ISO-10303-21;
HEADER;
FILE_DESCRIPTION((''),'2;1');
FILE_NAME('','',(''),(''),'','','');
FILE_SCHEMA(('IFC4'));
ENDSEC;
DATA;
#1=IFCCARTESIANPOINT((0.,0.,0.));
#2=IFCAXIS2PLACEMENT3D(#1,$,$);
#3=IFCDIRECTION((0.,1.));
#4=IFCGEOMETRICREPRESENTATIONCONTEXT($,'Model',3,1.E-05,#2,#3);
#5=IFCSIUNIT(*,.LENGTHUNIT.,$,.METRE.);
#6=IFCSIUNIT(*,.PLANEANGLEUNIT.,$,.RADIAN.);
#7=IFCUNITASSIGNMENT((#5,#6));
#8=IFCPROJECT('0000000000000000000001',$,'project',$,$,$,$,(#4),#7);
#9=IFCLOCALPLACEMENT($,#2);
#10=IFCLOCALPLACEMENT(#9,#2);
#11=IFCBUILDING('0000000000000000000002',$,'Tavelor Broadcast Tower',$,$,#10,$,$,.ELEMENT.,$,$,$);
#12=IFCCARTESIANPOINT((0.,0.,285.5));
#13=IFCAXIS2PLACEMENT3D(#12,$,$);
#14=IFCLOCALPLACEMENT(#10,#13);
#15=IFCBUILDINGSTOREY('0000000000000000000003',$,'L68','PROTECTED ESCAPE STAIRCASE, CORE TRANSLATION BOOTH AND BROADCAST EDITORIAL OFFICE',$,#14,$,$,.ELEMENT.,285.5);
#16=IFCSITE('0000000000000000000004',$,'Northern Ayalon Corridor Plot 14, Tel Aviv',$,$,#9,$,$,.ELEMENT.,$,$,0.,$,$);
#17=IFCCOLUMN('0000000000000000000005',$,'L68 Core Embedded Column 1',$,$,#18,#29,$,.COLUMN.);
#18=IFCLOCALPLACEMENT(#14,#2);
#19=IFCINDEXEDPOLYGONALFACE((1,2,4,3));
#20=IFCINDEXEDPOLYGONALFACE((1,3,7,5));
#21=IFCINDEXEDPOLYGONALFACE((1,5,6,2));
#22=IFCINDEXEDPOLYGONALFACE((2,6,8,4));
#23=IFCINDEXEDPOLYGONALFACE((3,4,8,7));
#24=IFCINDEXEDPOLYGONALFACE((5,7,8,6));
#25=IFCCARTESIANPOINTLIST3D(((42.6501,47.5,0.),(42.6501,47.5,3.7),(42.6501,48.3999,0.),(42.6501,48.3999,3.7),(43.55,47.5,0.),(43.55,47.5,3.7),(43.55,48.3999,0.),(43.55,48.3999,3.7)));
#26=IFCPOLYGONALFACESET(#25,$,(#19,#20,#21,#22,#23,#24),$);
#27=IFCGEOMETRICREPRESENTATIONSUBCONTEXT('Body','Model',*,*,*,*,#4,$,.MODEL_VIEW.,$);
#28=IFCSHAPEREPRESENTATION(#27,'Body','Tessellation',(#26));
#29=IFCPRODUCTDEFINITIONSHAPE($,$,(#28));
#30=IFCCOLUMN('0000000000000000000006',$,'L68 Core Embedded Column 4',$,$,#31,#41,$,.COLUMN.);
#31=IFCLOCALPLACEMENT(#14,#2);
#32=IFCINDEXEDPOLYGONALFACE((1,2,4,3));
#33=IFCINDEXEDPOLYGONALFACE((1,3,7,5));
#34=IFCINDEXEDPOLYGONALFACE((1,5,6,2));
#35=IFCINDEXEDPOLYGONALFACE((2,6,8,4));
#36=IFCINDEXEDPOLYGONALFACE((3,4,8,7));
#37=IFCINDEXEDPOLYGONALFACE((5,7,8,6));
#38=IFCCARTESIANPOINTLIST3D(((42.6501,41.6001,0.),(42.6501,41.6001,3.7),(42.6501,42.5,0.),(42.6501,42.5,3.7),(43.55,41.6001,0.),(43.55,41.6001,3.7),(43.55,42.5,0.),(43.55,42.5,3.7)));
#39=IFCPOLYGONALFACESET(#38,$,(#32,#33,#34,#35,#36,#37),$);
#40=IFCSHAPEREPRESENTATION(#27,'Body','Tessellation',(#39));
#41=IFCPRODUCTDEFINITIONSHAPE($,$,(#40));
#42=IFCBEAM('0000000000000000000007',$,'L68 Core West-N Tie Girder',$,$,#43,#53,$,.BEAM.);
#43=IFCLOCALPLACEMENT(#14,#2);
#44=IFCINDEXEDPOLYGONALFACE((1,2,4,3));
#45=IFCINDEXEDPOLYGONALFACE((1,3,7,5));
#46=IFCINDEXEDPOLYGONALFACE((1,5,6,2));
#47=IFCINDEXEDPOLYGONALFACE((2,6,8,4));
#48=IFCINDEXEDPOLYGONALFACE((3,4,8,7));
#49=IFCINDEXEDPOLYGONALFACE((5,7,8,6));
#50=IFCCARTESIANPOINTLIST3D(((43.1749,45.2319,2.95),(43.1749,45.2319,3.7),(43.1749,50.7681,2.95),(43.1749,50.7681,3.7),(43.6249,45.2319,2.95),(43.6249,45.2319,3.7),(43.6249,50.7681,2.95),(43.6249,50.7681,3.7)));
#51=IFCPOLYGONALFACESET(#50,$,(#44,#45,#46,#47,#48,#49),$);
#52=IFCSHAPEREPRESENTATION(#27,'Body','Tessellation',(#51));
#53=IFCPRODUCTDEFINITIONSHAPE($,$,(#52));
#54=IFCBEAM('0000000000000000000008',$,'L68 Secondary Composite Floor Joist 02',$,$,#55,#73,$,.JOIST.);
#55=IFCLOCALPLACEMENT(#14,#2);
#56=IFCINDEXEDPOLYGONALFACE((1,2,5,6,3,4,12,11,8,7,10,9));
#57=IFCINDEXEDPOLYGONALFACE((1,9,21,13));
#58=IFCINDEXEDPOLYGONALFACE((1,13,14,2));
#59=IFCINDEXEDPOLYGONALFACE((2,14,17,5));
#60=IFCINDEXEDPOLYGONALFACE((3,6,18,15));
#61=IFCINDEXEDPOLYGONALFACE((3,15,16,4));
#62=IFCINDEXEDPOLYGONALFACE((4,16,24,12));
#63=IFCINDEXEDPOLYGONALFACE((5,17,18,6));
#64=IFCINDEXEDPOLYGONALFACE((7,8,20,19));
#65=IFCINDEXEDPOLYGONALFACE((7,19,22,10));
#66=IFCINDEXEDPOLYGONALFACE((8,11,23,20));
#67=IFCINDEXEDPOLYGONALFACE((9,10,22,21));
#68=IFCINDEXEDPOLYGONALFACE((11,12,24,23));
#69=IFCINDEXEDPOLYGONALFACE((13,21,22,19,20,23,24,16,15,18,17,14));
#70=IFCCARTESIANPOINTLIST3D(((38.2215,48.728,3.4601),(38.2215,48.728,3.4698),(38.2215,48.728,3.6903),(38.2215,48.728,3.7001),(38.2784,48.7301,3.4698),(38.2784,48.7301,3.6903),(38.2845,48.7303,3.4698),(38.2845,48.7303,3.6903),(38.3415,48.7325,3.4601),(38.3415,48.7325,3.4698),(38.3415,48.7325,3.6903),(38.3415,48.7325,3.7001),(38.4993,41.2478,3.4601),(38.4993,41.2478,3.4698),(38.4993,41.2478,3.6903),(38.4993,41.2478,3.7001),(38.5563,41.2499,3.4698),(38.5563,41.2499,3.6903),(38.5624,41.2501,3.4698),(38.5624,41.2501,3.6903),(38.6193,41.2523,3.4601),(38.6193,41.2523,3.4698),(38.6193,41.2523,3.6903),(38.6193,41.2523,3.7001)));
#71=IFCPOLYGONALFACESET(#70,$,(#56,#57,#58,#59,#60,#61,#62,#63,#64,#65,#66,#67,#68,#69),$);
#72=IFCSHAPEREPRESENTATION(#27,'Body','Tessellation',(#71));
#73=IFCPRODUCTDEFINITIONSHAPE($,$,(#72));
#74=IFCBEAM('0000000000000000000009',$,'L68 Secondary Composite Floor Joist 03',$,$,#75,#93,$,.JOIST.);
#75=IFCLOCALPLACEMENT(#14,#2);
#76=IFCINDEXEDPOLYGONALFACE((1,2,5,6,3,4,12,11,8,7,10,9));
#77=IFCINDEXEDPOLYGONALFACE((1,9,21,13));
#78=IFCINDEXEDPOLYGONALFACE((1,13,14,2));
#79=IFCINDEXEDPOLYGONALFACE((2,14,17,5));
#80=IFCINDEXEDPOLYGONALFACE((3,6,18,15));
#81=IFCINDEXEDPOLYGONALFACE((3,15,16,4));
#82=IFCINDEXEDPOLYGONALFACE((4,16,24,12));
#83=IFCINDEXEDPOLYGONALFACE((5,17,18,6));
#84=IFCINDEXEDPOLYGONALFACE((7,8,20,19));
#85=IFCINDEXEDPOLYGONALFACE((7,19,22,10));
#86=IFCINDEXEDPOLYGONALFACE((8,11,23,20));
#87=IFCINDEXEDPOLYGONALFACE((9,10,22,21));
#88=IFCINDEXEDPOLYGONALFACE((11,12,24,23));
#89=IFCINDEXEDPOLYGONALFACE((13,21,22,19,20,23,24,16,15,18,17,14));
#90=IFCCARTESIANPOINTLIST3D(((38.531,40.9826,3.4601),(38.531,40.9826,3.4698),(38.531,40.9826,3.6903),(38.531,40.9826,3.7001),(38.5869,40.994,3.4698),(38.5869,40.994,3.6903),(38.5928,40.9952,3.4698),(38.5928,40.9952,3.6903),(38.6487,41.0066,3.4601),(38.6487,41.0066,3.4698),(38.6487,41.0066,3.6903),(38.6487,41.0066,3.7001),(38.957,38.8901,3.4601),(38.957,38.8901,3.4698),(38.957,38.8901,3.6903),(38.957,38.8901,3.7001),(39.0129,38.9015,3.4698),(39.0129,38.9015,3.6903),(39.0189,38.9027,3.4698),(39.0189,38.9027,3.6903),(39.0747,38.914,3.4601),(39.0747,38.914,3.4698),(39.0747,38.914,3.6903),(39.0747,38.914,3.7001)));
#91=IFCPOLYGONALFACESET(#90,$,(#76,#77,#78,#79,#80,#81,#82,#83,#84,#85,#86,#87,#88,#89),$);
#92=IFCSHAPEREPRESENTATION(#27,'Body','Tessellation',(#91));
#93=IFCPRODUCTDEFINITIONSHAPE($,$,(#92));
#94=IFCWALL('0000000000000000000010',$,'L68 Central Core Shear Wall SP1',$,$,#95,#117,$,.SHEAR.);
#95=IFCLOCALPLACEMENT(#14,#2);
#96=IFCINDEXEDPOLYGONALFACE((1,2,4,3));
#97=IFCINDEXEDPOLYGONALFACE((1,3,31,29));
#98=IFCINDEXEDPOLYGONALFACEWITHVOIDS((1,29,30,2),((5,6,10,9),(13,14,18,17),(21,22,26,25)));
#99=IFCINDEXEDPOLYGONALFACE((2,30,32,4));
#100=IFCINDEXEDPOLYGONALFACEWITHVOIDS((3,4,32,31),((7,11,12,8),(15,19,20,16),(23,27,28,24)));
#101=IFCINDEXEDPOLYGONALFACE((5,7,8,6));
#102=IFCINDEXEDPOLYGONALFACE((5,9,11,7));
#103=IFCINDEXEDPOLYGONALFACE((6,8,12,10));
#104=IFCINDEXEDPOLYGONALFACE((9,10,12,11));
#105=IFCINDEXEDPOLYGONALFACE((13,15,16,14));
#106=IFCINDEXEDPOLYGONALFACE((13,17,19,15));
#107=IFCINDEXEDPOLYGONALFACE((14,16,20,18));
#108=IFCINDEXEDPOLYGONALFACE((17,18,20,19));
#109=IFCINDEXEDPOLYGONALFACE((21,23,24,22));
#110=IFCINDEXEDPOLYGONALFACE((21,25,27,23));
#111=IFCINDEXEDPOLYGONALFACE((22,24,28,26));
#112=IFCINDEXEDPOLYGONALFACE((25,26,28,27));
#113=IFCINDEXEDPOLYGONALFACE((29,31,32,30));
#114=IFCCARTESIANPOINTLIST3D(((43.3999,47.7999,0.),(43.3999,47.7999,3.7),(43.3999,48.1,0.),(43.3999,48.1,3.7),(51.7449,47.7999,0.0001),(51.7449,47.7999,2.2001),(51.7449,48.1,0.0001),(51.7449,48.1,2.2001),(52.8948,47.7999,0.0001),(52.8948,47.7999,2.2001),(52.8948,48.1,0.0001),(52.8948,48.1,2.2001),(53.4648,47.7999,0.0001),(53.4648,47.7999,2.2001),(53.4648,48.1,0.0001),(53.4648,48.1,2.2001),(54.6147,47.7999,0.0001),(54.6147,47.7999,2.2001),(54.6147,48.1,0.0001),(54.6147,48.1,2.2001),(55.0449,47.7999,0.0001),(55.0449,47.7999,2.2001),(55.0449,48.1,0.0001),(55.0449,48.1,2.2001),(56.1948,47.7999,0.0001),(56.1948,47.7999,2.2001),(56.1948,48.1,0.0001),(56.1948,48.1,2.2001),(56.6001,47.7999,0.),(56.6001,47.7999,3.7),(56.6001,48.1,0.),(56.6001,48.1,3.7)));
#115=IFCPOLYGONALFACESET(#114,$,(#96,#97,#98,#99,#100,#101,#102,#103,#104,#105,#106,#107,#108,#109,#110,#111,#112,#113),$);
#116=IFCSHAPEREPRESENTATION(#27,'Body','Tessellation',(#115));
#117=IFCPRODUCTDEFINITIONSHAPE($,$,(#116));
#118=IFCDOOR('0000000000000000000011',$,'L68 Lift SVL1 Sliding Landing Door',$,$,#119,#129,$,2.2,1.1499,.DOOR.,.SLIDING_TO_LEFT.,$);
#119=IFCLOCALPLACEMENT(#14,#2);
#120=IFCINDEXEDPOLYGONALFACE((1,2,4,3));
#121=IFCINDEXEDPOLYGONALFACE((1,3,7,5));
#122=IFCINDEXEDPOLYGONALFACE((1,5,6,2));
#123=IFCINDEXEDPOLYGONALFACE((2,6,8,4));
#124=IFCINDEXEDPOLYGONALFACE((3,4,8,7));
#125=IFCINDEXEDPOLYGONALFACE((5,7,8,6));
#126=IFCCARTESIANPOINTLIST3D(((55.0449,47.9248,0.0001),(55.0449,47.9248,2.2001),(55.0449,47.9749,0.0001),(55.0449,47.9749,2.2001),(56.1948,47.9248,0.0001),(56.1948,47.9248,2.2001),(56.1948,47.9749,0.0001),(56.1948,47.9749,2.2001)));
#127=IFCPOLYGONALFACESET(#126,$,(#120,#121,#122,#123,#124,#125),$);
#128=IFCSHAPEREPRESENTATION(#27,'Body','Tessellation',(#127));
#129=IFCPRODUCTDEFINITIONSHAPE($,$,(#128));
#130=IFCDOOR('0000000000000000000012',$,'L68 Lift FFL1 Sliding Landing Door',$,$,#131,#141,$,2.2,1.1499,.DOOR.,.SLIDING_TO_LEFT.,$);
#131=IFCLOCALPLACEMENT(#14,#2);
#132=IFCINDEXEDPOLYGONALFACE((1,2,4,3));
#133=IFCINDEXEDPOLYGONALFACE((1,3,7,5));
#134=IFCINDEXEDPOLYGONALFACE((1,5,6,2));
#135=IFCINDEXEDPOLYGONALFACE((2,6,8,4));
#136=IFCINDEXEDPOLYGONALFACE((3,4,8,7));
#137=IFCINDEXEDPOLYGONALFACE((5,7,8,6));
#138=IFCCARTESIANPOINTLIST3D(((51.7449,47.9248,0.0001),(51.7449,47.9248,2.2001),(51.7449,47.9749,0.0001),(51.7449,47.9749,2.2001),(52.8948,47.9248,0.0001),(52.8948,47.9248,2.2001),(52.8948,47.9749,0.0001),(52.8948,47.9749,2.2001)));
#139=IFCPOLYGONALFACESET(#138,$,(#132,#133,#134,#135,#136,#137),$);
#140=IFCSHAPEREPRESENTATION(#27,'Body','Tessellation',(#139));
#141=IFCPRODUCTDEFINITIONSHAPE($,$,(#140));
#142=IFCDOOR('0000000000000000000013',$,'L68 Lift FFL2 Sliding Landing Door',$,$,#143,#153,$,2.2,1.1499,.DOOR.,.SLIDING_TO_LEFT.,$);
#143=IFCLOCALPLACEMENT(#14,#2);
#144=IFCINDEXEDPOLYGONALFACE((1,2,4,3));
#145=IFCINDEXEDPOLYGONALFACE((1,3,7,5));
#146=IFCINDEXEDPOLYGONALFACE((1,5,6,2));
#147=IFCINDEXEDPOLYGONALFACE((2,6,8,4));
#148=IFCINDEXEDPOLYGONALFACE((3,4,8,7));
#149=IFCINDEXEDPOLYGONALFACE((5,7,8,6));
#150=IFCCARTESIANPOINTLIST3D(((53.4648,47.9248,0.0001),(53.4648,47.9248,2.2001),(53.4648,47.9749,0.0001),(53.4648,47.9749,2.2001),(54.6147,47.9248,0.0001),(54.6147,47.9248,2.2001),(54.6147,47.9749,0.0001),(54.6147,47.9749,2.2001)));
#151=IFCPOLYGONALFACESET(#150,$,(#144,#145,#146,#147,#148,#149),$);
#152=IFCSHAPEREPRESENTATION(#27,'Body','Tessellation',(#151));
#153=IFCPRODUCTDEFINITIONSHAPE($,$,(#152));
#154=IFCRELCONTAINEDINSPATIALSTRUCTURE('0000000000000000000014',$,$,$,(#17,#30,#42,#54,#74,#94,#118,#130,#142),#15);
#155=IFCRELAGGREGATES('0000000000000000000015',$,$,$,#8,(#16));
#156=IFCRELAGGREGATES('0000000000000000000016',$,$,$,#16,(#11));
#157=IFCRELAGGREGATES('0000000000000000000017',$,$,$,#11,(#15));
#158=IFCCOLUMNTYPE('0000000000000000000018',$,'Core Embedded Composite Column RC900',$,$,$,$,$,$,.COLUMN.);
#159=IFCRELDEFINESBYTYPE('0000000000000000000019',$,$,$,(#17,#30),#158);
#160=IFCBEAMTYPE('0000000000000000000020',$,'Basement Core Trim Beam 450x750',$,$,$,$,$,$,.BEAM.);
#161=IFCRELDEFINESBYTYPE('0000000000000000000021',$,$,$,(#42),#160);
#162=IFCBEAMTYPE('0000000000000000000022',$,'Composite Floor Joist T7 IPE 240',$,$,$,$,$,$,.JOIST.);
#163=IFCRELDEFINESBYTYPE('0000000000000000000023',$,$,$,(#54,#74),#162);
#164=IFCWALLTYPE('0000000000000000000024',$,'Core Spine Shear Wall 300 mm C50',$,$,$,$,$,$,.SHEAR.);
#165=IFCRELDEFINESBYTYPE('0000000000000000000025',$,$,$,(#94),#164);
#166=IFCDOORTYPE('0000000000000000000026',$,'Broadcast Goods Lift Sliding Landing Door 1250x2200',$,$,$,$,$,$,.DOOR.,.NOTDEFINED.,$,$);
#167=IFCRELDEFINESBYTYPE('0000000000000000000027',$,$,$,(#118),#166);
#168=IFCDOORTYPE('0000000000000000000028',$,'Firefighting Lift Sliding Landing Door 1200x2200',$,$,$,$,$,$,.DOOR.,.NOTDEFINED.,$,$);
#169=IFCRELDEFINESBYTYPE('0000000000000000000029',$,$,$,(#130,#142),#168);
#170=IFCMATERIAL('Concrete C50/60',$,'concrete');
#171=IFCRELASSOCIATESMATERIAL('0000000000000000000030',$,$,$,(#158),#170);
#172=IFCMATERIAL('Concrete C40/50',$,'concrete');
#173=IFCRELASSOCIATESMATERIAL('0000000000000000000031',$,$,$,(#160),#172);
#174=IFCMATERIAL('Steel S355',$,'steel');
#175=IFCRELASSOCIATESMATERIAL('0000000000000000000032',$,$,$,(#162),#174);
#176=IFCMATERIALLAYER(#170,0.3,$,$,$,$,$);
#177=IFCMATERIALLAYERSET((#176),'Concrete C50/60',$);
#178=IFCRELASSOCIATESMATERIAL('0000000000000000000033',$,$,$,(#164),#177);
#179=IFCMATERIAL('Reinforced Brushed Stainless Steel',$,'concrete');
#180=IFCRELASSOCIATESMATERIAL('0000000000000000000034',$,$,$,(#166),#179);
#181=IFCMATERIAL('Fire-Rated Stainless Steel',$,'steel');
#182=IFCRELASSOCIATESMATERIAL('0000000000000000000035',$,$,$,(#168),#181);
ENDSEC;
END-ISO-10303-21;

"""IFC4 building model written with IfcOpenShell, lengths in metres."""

from ifc_helpers import new_model, si_unit, direction, frame, frame_2d, origin, origin_2d, place, context, subcontext, project, spatial, rectangle, i_section, extrude, material, layer, layer_set, material_profile, profile_set, type_object, element, fill, save


model = new_model("IFC4")

# Units and contexts
model_context = context("Model", 3, precision=1e-05, world=origin(), true_north=direction((0.0, 1.0)))
body_context = subcontext(model_context, "Body", "Model", "MODEL_VIEW")
ifc_project = project(units=[si_unit("LENGTHUNIT", "METRE"), si_unit("PLANEANGLEUNIT", "RADIAN")], contexts=[model_context])

# Site, building, storey
site_placement = place(None, origin())
site = spatial("IfcSite", under=ifc_project, at=site_placement, Name="Northern Ayalon Corridor Plot 14, Tel Aviv", CompositionType="ELEMENT", RefElevation=0.0)
building_placement = place(site_placement, origin())
building = spatial("IfcBuilding", under=site, at=building_placement, Name="Tavelor Broadcast Tower", CompositionType="ELEMENT")
storey_placement = place(building_placement, frame((0.0, 0.0, 285.5)))
storey = spatial("IfcBuildingStorey", under=building, at=storey_placement, Name="L68", Description="PROTECTED ESCAPE STAIRCASE, CORE TRANSLATION BOOTH AND BROADCAST EDITORIAL OFFICE", CompositionType="ELEMENT", Elevation=285.5)

# Columns
ifc_material_1 = material(Name="Concrete C50/60", Category="concrete")
ifc_material_profile_1 = material_profile(ifc_material_1, rectangle(XDim=0.8999, YDim=0.8999, at=origin_2d()), Name="RC 900x900")
ifc_profile_set_1 = profile_set([ifc_material_profile_1], Name="Concrete C50/60")
column_type = type_object("IfcColumnType", Name="Core Embedded Composite Column RC900", PredefinedType="COLUMN", material=ifc_profile_set_1)
for number, where, z_axis, x_axis, name in (
    (1, (43.1001, 47.95, 0.0), (0.0, 0.0, 1.0), (1.0, 0.0, 0.0), "L68 Core Embedded Column 1"),
    (2, (43.1001, 42.05, 0.0), (0.0, 0.0, 1.0), (1.0, 0.0, 0.0), "L68 Core Embedded Column 4"),
):
    element("IfcColumn", number, at=place(storey_placement, frame(where, z_axis=z_axis, x_axis=x_axis)), inside=storey, type_object=column_type, Name=name, PredefinedType="COLUMN", context=body_context, shape_type="SweptSolid", body=[
        extrude(rectangle(XDim=0.8999, YDim=0.8999, at=origin_2d()), origin(), (0.0, 0.0, 1.0), 3.7),
    ])

# Beams
ifc_material_2 = material(Name="Concrete C40/50", Category="concrete")
ifc_material_profile_2 = material_profile(ifc_material_2, rectangle(XDim=0.45, YDim=0.75, at=origin_2d()), Name="RC 450x750")
ifc_profile_set_2 = profile_set([ifc_material_profile_2], Name="Concrete C40/50")
beam_type_1 = type_object("IfcBeamType", Name="Basement Core Trim Beam 450x750", PredefinedType="BEAM", material=ifc_profile_set_2)
beam_1_placement = place(storey_placement, frame((43.3999, 45.2319, 3.325), z_axis=(0.0, 1.0, 0.0), x_axis=(-1.0, 0.0, 0.0)))
element("IfcBeam", 3, at=beam_1_placement, inside=storey, type_object=beam_type_1, Name="L68 Core West-N Tie Girder", PredefinedType="BEAM", context=body_context, shape_type="SweptSolid", body=[
    extrude(rectangle(XDim=0.45, YDim=0.75, at=origin_2d()), origin(), (0.0, 0.0, 1.0), 5.5361),
])
ifc_material_3 = material(Name="Steel S355", Category="steel")
ifc_material_profile_3 = material_profile(ifc_material_3, i_section(OverallWidth=0.1201, OverallDepth=0.24, WebThickness=0.0061, FlangeThickness=0.0098, at=origin_2d()), Name="IPE 240")
ifc_profile_set_3 = profile_set([ifc_material_profile_3], Name="Steel S355")
beam_type_2 = type_object("IfcBeamType", Name="Composite Floor Joist T7 IPE 240", PredefinedType="JOIST", material=ifc_profile_set_3)
beam_2_placement = place(storey_placement, frame((38.2815, 48.7302, 3.5801), z_axis=(0.037117, -0.999311, 0.0), x_axis=(0.999311, 0.037117, 0.0)))
element("IfcBeam", 4, at=beam_2_placement, inside=storey, type_object=beam_type_2, Name="L68 Secondary Composite Floor Joist 02", PredefinedType="JOIST", context=body_context, shape_type="SweptSolid", body=[
    extrude(i_section(OverallWidth=0.1201, OverallDepth=0.24, WebThickness=0.0061, FlangeThickness=0.0098, at=origin_2d()), origin(), (0.0, 0.0, 1.0), 7.4854),
])
beam_3_placement = place(storey_placement, frame((38.5898, 40.9946, 3.5801), z_axis=(0.199501, -0.979898, 0.0), x_axis=(0.979898, 0.199501, 0.0)))
element("IfcBeam", 5, at=beam_3_placement, inside=storey, type_object=beam_type_2, Name="L68 Secondary Composite Floor Joist 03", PredefinedType="JOIST", context=body_context, shape_type="SweptSolid", body=[
    extrude(i_section(OverallWidth=0.1201, OverallDepth=0.24, WebThickness=0.0061, FlangeThickness=0.0098, at=origin_2d()), origin(), (0.0, 0.0, 1.0), 2.1355),
])

# Wall, openings, doors
ifc_layer_1 = layer(ifc_material_1, 0.3)
ifc_layer_set_1 = layer_set([ifc_layer_1], Name="Concrete C50/60")
wall_type_1 = type_object("IfcWallType", Name="Core Spine Shear Wall 300 mm C50", PredefinedType="SHEAR", material=ifc_layer_set_1)
wall_1_placement = place(storey_placement, frame((43.3999, 47.95, 0.0), z_axis=(0.0, 0.0, 1.0), x_axis=(1.0, 0.0, 0.0)))
wall_1 = element("IfcWall", 6, at=wall_1_placement, inside=storey, type_object=wall_type_1, Name="L68 Central Core Shear Wall SP1", PredefinedType="SHEAR", context=body_context, shape_type="SweptSolid", body=[
    extrude(rectangle(XDim=13.2002, YDim=0.3, at=frame_2d((6.6001, 0.0))), origin(), (0.0, 0.0, 1.0), 3.7),
])
opening_1_placement = place(wall_1_placement, frame((8.345, 0.0, 0.0)))
opening_1 = element("IfcOpeningElement", 7, at=opening_1_placement, cuts=wall_1, PredefinedType="OPENING", context=body_context, shape_type="SweptSolid", body=[
    extrude(rectangle(XDim=1.1499, YDim=2.2, at=frame_2d((0.575, 1.1001))), frame((0.0, 0.1602, 0.0), z_axis=(0.0, -1.0, 0.0), x_axis=(1.0, 0.0, 0.0)), (0.0, 0.0, 1.0), 0.3201),
])
opening_2_placement = place(wall_1_placement, frame((10.0649, 0.0, 0.0)))
opening_2 = element("IfcOpeningElement", 8, at=opening_2_placement, cuts=wall_1, PredefinedType="OPENING", context=body_context, shape_type="SweptSolid", body=[
    extrude(rectangle(XDim=1.1499, YDim=2.2, at=frame_2d((0.575, 1.1001))), frame((0.0, 0.1602, 0.0), z_axis=(0.0, -1.0, 0.0), x_axis=(1.0, 0.0, 0.0)), (0.0, 0.0, 1.0), 0.3201),
])
opening_3_placement = place(wall_1_placement, frame((11.645, 0.0, 0.0)))
opening_3 = element("IfcOpeningElement", 9, at=opening_3_placement, cuts=wall_1, PredefinedType="OPENING", context=body_context, shape_type="SweptSolid", body=[
    extrude(rectangle(XDim=1.1499, YDim=2.2, at=frame_2d((0.575, 1.1001))), frame((0.0, 0.1602, 0.0), z_axis=(0.0, -1.0, 0.0), x_axis=(1.0, 0.0, 0.0)), (0.0, 0.0, 1.0), 0.3201),
])
ifc_material_4 = material(Name="Reinforced Brushed Stainless Steel", Category="concrete")
door_type_1 = type_object("IfcDoorType", Name="Broadcast Goods Lift Sliding Landing Door 1250x2200", OperationType="NOTDEFINED", PredefinedType="DOOR", material=ifc_material_4)
door_1_placement = place(opening_3_placement, origin())
door_1 = element("IfcDoor", 10, at=door_1_placement, inside=storey, type_object=door_type_1, Name="L68 Lift SVL1 Sliding Landing Door", OperationType="SLIDING_TO_LEFT", OverallHeight=2.2, OverallWidth=1.1499, PredefinedType="DOOR", context=body_context, shape_type="SweptSolid", body=[
    extrude(rectangle(XDim=1.1499, YDim=2.2, at=frame_2d((0.575, 1.1001))), frame((0.0, 0.0249, 0.0), z_axis=(0.0, -1.0, 0.0), x_axis=(1.0, 0.0, 0.0)), (0.0, 0.0, 1.0), 0.05),
])
fill(opening_3, door_1)
ifc_material_5 = material(Name="Fire-Rated Stainless Steel", Category="steel")
door_type_2 = type_object("IfcDoorType", Name="Firefighting Lift Sliding Landing Door 1200x2200", OperationType="NOTDEFINED", PredefinedType="DOOR", material=ifc_material_5)
door_2_placement = place(opening_1_placement, origin())
door_2 = element("IfcDoor", 11, at=door_2_placement, inside=storey, type_object=door_type_2, Name="L68 Lift FFL1 Sliding Landing Door", OperationType="SLIDING_TO_LEFT", OverallHeight=2.2, OverallWidth=1.1499, PredefinedType="DOOR", context=body_context, shape_type="SweptSolid", body=[
    extrude(rectangle(XDim=1.1499, YDim=2.2, at=frame_2d((0.575, 1.1001))), frame((0.0, 0.0249, 0.0), z_axis=(0.0, -1.0, 0.0), x_axis=(1.0, 0.0, 0.0)), (0.0, 0.0, 1.0), 0.05),
])
fill(opening_1, door_2)
door_3_placement = place(opening_2_placement, origin())
door_3 = element("IfcDoor", 12, at=door_3_placement, inside=storey, type_object=door_type_2, Name="L68 Lift FFL2 Sliding Landing Door", OperationType="SLIDING_TO_LEFT", OverallHeight=2.2, OverallWidth=1.1499, PredefinedType="DOOR", context=body_context, shape_type="SweptSolid", body=[
    extrude(rectangle(XDim=1.1499, YDim=2.2, at=frame_2d((0.575, 1.1001))), frame((0.0, 0.0249, 0.0), z_axis=(0.0, -1.0, 0.0), x_axis=(1.0, 0.0, 0.0)), (0.0, 0.0, 1.0), 0.05),
])
fill(opening_2, door_3)

save(model, "model.ifc")
